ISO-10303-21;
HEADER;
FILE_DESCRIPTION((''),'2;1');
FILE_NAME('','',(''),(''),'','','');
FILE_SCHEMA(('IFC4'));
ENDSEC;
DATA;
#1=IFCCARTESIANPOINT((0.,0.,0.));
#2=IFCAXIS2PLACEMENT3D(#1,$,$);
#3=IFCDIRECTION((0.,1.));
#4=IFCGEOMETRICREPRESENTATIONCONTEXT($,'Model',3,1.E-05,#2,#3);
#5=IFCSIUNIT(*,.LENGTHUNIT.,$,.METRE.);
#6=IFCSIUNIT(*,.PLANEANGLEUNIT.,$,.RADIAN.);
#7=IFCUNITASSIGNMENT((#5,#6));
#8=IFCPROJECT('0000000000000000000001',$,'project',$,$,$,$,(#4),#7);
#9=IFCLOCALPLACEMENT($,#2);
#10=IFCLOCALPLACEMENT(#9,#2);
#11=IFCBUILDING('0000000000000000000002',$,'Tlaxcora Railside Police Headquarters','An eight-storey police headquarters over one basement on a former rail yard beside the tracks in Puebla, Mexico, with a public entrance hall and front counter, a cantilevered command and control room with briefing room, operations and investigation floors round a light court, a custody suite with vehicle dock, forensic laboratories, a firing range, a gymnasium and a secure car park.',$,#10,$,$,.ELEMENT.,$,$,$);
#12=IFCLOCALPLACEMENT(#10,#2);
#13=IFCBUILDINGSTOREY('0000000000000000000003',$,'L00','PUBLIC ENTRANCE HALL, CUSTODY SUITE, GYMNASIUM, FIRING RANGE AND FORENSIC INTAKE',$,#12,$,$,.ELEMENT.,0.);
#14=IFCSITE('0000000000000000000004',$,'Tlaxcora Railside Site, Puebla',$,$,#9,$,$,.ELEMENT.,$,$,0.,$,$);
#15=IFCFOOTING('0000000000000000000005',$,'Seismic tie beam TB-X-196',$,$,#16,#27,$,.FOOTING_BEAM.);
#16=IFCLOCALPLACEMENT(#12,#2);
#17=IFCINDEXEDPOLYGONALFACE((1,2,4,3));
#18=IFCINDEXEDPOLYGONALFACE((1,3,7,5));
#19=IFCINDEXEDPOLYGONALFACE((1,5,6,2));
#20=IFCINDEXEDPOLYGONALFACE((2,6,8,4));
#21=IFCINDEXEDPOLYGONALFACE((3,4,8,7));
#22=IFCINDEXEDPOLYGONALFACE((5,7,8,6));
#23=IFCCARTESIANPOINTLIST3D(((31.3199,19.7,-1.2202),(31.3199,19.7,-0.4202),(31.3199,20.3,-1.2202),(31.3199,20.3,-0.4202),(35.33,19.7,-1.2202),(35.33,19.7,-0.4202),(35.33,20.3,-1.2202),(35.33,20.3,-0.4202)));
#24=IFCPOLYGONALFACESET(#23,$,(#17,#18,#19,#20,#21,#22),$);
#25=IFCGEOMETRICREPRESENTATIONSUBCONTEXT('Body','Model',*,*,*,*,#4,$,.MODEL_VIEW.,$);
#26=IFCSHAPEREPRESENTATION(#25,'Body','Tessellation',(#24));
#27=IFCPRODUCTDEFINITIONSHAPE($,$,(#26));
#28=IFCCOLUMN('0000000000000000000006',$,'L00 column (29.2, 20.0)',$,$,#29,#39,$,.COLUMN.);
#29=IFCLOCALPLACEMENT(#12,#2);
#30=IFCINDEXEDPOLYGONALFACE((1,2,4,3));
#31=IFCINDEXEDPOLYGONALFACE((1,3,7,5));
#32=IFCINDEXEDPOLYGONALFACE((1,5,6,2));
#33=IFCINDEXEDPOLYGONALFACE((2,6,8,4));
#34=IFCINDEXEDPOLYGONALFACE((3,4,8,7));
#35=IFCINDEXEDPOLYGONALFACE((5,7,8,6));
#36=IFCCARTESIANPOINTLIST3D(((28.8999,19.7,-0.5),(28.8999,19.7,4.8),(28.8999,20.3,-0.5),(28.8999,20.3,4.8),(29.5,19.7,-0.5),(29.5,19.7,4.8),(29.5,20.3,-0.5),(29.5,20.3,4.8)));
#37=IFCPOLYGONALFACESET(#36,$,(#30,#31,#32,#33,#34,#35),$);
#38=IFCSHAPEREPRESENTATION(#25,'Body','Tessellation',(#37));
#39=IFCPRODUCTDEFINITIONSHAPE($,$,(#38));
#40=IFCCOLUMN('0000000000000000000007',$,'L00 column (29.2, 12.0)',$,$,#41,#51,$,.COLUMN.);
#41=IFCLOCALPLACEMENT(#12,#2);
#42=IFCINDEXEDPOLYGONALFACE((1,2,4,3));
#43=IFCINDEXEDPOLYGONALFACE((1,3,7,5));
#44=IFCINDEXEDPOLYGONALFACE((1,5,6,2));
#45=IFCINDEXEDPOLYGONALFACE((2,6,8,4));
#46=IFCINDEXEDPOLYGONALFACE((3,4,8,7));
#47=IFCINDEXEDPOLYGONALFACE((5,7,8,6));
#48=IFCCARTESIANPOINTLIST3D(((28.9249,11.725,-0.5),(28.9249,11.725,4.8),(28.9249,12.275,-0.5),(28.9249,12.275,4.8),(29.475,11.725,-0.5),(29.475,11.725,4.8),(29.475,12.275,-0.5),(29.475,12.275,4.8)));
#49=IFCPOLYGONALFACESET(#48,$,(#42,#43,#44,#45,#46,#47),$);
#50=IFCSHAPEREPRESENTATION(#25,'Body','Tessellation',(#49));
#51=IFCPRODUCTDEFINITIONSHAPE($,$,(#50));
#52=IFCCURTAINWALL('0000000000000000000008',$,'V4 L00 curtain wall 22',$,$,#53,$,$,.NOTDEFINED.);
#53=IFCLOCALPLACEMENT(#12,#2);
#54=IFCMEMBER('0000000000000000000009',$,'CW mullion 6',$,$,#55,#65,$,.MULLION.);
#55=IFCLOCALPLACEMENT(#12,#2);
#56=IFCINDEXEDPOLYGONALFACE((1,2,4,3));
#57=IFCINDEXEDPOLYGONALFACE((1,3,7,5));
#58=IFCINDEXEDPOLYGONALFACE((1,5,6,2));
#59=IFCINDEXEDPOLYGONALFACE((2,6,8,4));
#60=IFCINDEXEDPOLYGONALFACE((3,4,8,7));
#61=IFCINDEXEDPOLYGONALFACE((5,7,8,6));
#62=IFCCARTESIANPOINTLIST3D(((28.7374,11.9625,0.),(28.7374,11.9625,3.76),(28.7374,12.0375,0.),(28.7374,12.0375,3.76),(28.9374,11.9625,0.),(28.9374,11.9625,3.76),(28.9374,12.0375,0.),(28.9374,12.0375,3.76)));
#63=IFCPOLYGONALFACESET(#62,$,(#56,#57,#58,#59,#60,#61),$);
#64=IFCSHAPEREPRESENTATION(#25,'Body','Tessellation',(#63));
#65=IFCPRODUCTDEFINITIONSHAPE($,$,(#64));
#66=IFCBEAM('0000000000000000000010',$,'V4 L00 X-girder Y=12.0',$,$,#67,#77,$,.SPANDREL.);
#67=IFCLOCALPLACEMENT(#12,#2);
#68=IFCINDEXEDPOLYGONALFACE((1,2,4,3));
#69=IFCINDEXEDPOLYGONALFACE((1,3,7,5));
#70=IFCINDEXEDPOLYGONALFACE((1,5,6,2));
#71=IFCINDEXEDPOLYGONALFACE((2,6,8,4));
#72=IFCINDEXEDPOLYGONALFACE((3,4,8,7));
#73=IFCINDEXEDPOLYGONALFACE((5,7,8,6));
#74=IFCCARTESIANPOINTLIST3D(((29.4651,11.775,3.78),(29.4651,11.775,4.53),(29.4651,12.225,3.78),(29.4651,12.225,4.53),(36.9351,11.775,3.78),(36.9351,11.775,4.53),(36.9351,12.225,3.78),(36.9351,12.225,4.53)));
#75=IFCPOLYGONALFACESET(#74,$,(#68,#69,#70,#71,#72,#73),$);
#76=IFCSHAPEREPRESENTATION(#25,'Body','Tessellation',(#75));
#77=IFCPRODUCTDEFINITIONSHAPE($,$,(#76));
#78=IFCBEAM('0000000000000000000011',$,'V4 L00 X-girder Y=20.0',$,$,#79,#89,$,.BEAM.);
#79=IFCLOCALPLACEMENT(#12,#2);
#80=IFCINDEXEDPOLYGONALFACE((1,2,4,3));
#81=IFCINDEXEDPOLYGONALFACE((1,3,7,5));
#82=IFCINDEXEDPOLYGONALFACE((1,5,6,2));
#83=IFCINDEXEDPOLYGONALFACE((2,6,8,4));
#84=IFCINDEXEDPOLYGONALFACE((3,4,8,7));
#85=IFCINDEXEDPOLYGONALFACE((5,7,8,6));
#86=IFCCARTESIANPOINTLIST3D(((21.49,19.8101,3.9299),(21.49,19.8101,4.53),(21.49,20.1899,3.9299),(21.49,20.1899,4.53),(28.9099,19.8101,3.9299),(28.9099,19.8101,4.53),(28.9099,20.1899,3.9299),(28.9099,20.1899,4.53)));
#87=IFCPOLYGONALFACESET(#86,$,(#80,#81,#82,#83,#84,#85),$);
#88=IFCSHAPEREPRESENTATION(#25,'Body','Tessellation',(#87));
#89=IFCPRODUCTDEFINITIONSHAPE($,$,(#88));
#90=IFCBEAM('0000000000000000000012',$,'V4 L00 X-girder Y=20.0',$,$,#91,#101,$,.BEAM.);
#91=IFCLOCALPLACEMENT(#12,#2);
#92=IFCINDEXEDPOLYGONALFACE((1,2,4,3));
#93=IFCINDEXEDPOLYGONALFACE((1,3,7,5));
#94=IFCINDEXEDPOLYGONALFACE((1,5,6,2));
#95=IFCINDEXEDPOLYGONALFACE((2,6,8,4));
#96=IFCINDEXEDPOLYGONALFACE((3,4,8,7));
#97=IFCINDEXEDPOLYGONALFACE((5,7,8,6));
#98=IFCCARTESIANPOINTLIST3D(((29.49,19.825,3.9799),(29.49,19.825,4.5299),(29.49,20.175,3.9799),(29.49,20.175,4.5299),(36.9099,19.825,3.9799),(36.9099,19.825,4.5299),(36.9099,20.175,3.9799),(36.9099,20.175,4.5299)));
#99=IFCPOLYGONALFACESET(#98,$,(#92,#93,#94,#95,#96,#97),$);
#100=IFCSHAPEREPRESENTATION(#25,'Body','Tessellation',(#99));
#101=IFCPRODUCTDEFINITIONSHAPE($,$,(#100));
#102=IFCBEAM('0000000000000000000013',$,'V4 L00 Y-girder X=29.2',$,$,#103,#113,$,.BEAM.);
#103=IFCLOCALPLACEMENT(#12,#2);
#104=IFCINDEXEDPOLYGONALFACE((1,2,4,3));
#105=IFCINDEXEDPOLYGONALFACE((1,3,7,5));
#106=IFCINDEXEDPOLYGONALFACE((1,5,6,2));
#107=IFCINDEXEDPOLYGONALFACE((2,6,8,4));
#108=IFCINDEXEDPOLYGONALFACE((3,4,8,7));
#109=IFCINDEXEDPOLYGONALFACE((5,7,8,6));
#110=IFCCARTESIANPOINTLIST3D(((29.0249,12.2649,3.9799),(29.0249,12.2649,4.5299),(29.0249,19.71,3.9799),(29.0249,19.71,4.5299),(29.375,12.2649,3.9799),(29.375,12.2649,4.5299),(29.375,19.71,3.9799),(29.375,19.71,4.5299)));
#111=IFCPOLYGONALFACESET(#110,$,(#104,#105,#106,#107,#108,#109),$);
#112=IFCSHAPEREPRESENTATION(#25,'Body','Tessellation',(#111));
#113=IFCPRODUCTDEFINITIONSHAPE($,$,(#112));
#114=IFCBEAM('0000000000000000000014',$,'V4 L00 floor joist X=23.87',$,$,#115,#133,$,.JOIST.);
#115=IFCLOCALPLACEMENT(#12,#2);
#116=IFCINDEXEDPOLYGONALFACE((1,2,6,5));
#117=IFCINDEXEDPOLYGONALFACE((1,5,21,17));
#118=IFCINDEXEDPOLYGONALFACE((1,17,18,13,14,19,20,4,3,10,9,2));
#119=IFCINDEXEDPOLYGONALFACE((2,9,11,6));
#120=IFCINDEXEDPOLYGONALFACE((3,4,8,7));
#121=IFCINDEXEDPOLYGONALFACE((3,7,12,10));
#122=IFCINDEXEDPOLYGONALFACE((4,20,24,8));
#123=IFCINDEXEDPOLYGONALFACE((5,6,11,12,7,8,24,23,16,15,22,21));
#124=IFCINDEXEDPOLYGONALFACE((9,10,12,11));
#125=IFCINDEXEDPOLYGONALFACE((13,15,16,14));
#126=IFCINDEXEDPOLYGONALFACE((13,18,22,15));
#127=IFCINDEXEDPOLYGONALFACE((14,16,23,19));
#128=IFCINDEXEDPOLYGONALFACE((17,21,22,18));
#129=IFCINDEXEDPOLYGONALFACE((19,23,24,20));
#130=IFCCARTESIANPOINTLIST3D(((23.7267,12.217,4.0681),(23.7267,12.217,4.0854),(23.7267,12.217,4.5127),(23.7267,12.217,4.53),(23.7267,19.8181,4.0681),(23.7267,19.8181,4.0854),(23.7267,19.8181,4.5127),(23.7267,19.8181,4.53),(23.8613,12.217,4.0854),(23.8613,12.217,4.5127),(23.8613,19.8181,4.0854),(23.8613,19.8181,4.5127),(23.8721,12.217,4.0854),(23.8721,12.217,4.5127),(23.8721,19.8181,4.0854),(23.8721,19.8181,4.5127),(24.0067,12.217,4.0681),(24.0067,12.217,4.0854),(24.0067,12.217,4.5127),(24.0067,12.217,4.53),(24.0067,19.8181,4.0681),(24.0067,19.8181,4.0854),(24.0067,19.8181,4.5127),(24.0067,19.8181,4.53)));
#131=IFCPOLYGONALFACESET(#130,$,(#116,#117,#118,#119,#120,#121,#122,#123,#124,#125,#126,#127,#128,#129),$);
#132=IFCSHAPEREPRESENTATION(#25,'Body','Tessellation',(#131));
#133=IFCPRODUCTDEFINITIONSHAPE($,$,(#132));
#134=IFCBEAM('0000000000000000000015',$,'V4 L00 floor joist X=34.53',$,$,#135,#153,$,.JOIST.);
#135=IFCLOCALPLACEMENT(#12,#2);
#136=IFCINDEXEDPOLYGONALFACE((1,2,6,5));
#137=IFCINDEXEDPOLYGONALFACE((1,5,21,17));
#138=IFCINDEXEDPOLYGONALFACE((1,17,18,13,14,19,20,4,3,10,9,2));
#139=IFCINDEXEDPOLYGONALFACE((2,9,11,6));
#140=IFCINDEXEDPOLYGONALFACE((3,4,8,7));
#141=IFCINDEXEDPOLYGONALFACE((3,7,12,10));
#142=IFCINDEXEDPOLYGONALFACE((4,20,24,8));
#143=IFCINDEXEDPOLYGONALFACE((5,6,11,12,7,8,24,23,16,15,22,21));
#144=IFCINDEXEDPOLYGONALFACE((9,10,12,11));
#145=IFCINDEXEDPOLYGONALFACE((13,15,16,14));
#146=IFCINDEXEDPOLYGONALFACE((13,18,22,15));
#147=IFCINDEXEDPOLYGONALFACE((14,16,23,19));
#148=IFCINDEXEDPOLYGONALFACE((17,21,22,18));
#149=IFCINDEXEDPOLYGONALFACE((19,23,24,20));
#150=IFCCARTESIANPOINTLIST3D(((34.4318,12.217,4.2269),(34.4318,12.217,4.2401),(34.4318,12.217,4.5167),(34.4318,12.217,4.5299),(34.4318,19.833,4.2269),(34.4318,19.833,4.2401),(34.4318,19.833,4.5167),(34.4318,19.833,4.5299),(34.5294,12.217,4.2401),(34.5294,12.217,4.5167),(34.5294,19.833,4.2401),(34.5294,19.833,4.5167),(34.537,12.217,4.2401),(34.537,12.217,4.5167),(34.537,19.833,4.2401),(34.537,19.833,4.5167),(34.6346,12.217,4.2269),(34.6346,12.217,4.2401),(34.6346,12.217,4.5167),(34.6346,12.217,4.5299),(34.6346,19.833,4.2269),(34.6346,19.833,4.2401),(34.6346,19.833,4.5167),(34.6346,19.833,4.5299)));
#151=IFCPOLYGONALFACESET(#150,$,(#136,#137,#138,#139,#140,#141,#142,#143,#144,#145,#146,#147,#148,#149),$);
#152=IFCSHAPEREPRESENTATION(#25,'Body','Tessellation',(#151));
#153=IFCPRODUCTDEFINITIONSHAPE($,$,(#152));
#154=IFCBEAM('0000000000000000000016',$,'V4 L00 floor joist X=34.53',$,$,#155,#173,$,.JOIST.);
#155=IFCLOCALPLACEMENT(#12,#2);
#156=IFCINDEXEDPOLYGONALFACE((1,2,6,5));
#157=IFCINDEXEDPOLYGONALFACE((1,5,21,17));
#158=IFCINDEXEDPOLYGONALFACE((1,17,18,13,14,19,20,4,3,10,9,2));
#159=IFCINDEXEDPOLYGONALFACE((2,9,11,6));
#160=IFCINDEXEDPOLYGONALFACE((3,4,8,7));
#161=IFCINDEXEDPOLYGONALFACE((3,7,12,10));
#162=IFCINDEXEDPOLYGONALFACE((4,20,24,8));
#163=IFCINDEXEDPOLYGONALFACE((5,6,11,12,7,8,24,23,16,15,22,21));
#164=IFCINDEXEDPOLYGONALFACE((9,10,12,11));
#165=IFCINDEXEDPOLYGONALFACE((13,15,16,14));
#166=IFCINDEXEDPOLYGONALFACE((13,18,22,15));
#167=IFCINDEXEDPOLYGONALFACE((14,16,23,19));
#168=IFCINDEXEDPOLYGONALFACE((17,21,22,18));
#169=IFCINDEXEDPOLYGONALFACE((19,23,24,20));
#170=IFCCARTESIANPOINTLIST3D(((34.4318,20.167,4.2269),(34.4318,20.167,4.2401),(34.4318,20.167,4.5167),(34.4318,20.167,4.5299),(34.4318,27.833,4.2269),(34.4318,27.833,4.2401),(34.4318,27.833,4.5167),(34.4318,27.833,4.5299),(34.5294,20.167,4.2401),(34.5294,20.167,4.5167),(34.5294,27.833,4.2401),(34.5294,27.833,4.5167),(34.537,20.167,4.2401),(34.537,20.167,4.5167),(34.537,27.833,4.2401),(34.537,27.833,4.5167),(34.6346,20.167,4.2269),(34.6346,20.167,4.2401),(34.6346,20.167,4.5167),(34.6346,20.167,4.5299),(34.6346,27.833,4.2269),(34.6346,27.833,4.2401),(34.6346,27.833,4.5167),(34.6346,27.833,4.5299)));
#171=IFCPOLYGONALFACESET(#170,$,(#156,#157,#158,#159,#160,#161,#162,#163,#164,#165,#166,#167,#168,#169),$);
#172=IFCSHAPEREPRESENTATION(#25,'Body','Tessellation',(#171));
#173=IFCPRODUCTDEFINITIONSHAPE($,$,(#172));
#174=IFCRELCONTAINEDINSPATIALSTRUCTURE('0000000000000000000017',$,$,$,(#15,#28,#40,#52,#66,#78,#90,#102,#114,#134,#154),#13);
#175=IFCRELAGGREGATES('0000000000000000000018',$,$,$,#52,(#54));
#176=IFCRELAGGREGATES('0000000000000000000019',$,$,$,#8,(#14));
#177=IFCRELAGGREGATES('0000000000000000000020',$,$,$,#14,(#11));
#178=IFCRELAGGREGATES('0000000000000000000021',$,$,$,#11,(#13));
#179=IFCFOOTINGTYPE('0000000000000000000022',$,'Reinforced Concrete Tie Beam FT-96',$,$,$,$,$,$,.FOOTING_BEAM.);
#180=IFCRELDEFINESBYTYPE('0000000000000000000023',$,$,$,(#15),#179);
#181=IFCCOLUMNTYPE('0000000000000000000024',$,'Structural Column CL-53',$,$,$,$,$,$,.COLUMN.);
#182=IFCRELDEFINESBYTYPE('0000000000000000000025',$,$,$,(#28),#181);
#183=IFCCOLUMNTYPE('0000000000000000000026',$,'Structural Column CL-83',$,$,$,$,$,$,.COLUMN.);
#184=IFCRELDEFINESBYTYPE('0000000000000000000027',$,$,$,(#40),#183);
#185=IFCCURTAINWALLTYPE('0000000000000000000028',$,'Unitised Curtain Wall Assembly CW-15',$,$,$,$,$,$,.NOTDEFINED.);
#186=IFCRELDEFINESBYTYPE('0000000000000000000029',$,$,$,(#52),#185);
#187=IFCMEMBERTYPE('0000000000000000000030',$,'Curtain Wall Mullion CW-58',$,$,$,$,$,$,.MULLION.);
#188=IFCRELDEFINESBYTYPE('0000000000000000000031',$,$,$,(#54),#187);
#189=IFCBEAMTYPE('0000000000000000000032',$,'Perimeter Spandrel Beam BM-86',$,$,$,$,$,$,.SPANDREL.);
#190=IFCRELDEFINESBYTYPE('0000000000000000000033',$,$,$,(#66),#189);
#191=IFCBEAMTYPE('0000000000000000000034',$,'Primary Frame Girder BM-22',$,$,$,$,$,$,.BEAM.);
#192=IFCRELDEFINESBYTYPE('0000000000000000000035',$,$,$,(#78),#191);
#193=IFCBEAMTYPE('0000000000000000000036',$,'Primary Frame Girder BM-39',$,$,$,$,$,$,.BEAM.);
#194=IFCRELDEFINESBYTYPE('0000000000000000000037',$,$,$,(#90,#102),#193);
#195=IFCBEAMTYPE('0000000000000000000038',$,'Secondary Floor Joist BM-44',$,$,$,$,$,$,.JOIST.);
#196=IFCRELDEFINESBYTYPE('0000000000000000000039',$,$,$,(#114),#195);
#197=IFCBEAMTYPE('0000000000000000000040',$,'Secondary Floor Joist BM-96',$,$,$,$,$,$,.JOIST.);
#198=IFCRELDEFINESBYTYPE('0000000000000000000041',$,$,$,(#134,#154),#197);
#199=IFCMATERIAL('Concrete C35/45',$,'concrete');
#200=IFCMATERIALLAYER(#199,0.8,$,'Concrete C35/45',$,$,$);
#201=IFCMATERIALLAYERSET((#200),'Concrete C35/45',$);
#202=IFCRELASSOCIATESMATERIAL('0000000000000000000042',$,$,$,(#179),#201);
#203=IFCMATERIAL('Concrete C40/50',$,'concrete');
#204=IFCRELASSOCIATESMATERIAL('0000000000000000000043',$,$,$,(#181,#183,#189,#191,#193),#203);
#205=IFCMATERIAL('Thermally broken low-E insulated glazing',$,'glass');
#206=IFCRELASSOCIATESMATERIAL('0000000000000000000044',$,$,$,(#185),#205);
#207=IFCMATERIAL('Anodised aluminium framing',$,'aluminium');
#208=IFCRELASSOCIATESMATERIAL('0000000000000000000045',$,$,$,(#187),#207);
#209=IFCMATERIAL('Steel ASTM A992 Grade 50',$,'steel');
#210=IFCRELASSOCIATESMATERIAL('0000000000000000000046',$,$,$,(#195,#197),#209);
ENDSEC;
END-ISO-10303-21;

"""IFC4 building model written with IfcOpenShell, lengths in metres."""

from ifc_helpers import new_model, si_unit, direction, frame, origin, origin_2d, place, context, subcontext, project, spatial, rectangle, i_section, extrude, material, layer, layer_set, material_profile, profile_set, type_object, element, aggregate, save


model = new_model("IFC4")

# Units and contexts
model_context = context("Model", 3, precision=1e-05, world=origin(), true_north=direction((0.0, 1.0)))
body_context = subcontext(model_context, "Body", "Model", "MODEL_VIEW")
ifc_project = project(units=[si_unit("LENGTHUNIT", "METRE"), si_unit("PLANEANGLEUNIT", "RADIAN")], contexts=[model_context])

# Site, building, storey
site_placement = place(None, origin())
site = spatial("IfcSite", under=ifc_project, at=site_placement, Name="Tlaxcora Railside Site, Puebla", CompositionType="ELEMENT", RefElevation=0.0)
building_placement = place(site_placement, origin())
building = spatial("IfcBuilding", under=site, at=building_placement, Name="Tlaxcora Railside Police Headquarters", Description="An eight-storey police headquarters over one basement on a former rail yard beside the tracks in Puebla, Mexico, with a public entrance hall and front counter, a cantilevered command and control room with briefing room, operations and investigation floors round a light court, a custody suite with vehicle dock, forensic laboratories, a firing range, a gymnasium and a secure car park.", CompositionType="ELEMENT")
storey_placement = place(building_placement, origin())
storey = spatial("IfcBuildingStorey", under=building, at=storey_placement, Name="L00", Description="PUBLIC ENTRANCE HALL, CUSTODY SUITE, GYMNASIUM, FIRING RANGE AND FORENSIC INTAKE", CompositionType="ELEMENT", Elevation=0.0)

# Shared definitions
ifc_material_1 = material(Name="Concrete C35/45", Category="concrete")

# Footing
ifc_material_2 = material(Name="Concrete C40/50", Category="concrete")
ifc_layer_1 = layer(ifc_material_1, 0.8, Name="Concrete C35/45")
ifc_layer_set_1 = layer_set([ifc_layer_1], Name="Concrete C35/45")
footing_type_1 = type_object("IfcFootingType", Name="Reinforced Concrete Tie Beam FT-96", PredefinedType="FOOTING_BEAM", material=ifc_layer_set_1)
footing_1_placement = place(storey_placement, frame((33.325, 20.0, -1.2202), z_axis=(0.0, 0.0, 1.0), x_axis=(1.0, 0.0, 0.0)))
element("IfcFooting", 1, at=footing_1_placement, inside=storey, type_object=footing_type_1, Name="Seismic tie beam TB-X-196", PredefinedType="FOOTING_BEAM", context=body_context, shape_type="SweptSolid", body=[
    extrude(rectangle(XDim=4.01, YDim=0.6001, at=origin_2d()), origin(), (0.0, 0.0, 1.0), 0.8),
])

# Columns
ifc_material_profile_1 = material_profile(ifc_material_2, rectangle(XDim=0.6001, YDim=0.6001, at=origin_2d()), Name="RC600X600")
ifc_profile_set_1 = profile_set([ifc_material_profile_1], Name="Concrete C40/50")
column_type_1 = type_object("IfcColumnType", Name="Structural Column CL-53", PredefinedType="COLUMN", material=ifc_profile_set_1)
column_1_placement = place(storey_placement, frame((29.2, 20.0, -0.5), z_axis=(0.0, 0.0, 1.0), x_axis=(1.0, 0.0, 0.0)))
element("IfcColumn", 2, at=column_1_placement, inside=storey, type_object=column_type_1, Name="L00 column (29.2, 20.0)", PredefinedType="COLUMN", context=body_context, shape_type="SweptSolid", body=[
    extrude(rectangle(XDim=0.6001, YDim=0.6001, at=origin_2d()), origin(), (0.0, 0.0, 1.0), 5.3),
])
ifc_material_profile_2 = material_profile(ifc_material_2, rectangle(XDim=0.55, YDim=0.55, at=origin_2d()), Name="RC550X550")
ifc_profile_set_2 = profile_set([ifc_material_profile_2], Name="Concrete C40/50")
column_type_2 = type_object("IfcColumnType", Name="Structural Column CL-83", PredefinedType="COLUMN", material=ifc_profile_set_2)
column_2_placement = place(storey_placement, frame((29.2, 12.0, -0.5), z_axis=(0.0, 0.0, 1.0), x_axis=(1.0, 0.0, 0.0)))
element("IfcColumn", 3, at=column_2_placement, inside=storey, type_object=column_type_2, Name="L00 column (29.2, 12.0)", PredefinedType="COLUMN", context=body_context, shape_type="SweptSolid", body=[
    extrude(rectangle(XDim=0.55, YDim=0.55, at=origin_2d()), origin(), (0.0, 0.0, 1.0), 5.3),
])

# Curtain wall, member
ifc_material_3 = material(Name="Thermally broken low-E insulated glazing", Category="glass")
curtain_wall_type = type_object("IfcCurtainWallType", Name="Unitised Curtain Wall Assembly CW-15", PredefinedType="NOTDEFINED", material=ifc_material_3)
curtain_wall_placement = place(storey_placement, origin())
curtain_wall = element("IfcCurtainWall", 4, at=curtain_wall_placement, inside=storey, type_object=curtain_wall_type, Name="V4 L00 curtain wall 22", PredefinedType="NOTDEFINED")
ifc_material_4 = material(Name="Anodised aluminium framing", Category="aluminium")
ifc_material_profile_3 = material_profile(ifc_material_4, rectangle(XDim=0.075, YDim=0.2, at=origin_2d()), Name="AL75X200")
ifc_profile_set_3 = profile_set([ifc_material_profile_3], Name="Anodised aluminium framing")
member_type = type_object("IfcMemberType", Name="Curtain Wall Mullion CW-58", PredefinedType="MULLION", material=ifc_profile_set_3)
member_placement = place(storey_placement, frame((28.8374, 12.0, 0.0), z_axis=(0.0, 0.0, 1.0), x_axis=(0.0, 1.0, 0.0)))
member = element("IfcMember", 5, at=member_placement, type_object=member_type, Name="CW mullion 6", PredefinedType="MULLION", context=body_context, shape_type="SweptSolid", body=[
    extrude(rectangle(XDim=0.075, YDim=0.2, at=origin_2d()), origin(), (0.0, 0.0, 1.0), 3.76),
])

# Beams
ifc_material_profile_4 = material_profile(ifc_material_2, rectangle(XDim=0.45, YDim=0.75, at=origin_2d()), Name="RC450X750")
ifc_profile_set_4 = profile_set([ifc_material_profile_4], Name="Concrete C40/50")
beam_type_1 = type_object("IfcBeamType", Name="Perimeter Spandrel Beam BM-86", PredefinedType="SPANDREL", material=ifc_profile_set_4)
beam_1_placement = place(storey_placement, frame((29.4651, 12.0, 4.155), z_axis=(1.0, 0.0, 0.0), x_axis=(0.0, 1.0, 0.0)))
element("IfcBeam", 6, at=beam_1_placement, inside=storey, type_object=beam_type_1, Name="V4 L00 X-girder Y=12.0", PredefinedType="SPANDREL", context=body_context, shape_type="SweptSolid", body=[
    extrude(rectangle(XDim=0.45, YDim=0.75, at=origin_2d()), origin(), (0.0, 0.0, 1.0), 7.47),
])
ifc_material_profile_5 = material_profile(ifc_material_2, rectangle(XDim=0.3799, YDim=0.6001, at=origin_2d()), Name="RC380X600")
ifc_profile_set_5 = profile_set([ifc_material_profile_5], Name="Concrete C40/50")
beam_type_2 = type_object("IfcBeamType", Name="Primary Frame Girder BM-22", PredefinedType="BEAM", material=ifc_profile_set_5)
beam_2_placement = place(storey_placement, frame((21.49, 20.0, 4.23), z_axis=(1.0, 0.0, 0.0), x_axis=(0.0, 1.0, 0.0)))
element("IfcBeam", 7, at=beam_2_placement, inside=storey, type_object=beam_type_2, Name="V4 L00 X-girder Y=20.0", PredefinedType="BEAM", context=body_context, shape_type="SweptSolid", body=[
    extrude(rectangle(XDim=0.3799, YDim=0.6001, at=origin_2d()), origin(), (0.0, 0.0, 1.0), 7.4199),
])
ifc_material_profile_6 = material_profile(ifc_material_2, rectangle(XDim=0.3501, YDim=0.55, at=origin_2d()), Name="RC350X550")
ifc_profile_set_6 = profile_set([ifc_material_profile_6], Name="Concrete C40/50")
beam_type_3 = type_object("IfcBeamType", Name="Primary Frame Girder BM-39", PredefinedType="BEAM", material=ifc_profile_set_6)
beam_3_placement = place(storey_placement, frame((29.49, 20.0, 4.2549), z_axis=(1.0, 0.0, 0.0), x_axis=(0.0, 1.0, 0.0)))
element("IfcBeam", 8, at=beam_3_placement, inside=storey, type_object=beam_type_3, Name="V4 L00 X-girder Y=20.0", PredefinedType="BEAM", context=body_context, shape_type="SweptSolid", body=[
    extrude(rectangle(XDim=0.3501, YDim=0.55, at=origin_2d()), origin(), (0.0, 0.0, 1.0), 7.4199),
])
beam_4_placement = place(storey_placement, frame((29.2, 12.2649, 4.2549), z_axis=(0.0, 1.0, 0.0), x_axis=(-1.0, 0.0, 0.0)))
element("IfcBeam", 9, at=beam_4_placement, inside=storey, type_object=beam_type_3, Name="V4 L00 Y-girder X=29.2", PredefinedType="BEAM", context=body_context, shape_type="SweptSolid", body=[
    extrude(rectangle(XDim=0.3501, YDim=0.55, at=origin_2d()), origin(), (0.0, 0.0, 1.0), 7.4451),
])
ifc_material_5 = material(Name="Steel ASTM A992 Grade 50", Category="steel")
ifc_material_profile_7 = material_profile(ifc_material_5, i_section(OverallWidth=0.28, OverallDepth=0.4619, WebThickness=0.0107, FlangeThickness=0.0173, at=origin_2d()), Name="W18X76")
ifc_profile_set_7 = profile_set([ifc_material_profile_7], Name="Steel ASTM A992 Grade 50")
beam_type_4 = type_object("IfcBeamType", Name="Secondary Floor Joist BM-44", PredefinedType="JOIST", material=ifc_profile_set_7)
beam_5_placement = place(storey_placement, frame((23.8667, 12.217, 4.2991), z_axis=(0.0, 1.0, 0.0), x_axis=(-1.0, 0.0, 0.0)))
element("IfcBeam", 10, at=beam_5_placement, inside=storey, type_object=beam_type_4, Name="V4 L00 floor joist X=23.87", PredefinedType="JOIST", context=body_context, shape_type="SweptSolid", body=[
    extrude(i_section(OverallWidth=0.28, OverallDepth=0.4619, WebThickness=0.0107, FlangeThickness=0.0173, at=origin_2d()), origin(), (0.0, 0.0, 1.0), 7.6011),
])
ifc_material_profile_8 = material_profile(ifc_material_5, i_section(OverallWidth=0.2029, OverallDepth=0.303, WebThickness=0.0076, FlangeThickness=0.0132, at=origin_2d()), Name="W12X40")
ifc_profile_set_8 = profile_set([ifc_material_profile_8], Name="Steel ASTM A992 Grade 50")
beam_type_5 = type_object("IfcBeamType", Name="Secondary Floor Joist BM-96", PredefinedType="JOIST", material=ifc_profile_set_8)
beam_6_placement = place(storey_placement, frame((34.5332, 12.217, 4.3784), z_axis=(0.0, 1.0, 0.0), x_axis=(-1.0, 0.0, 0.0)))
element("IfcBeam", 11, at=beam_6_placement, inside=storey, type_object=beam_type_5, Name="V4 L00 floor joist X=34.53", PredefinedType="JOIST", context=body_context, shape_type="SweptSolid", body=[
    extrude(i_section(OverallWidth=0.2029, OverallDepth=0.303, WebThickness=0.0076, FlangeThickness=0.0132, at=origin_2d()), origin(), (0.0, 0.0, 1.0), 7.616),
])
beam_7_placement = place(storey_placement, frame((34.5332, 20.167, 4.3784), z_axis=(0.0, 1.0, 0.0), x_axis=(-1.0, 0.0, 0.0)))
element("IfcBeam", 12, at=beam_7_placement, inside=storey, type_object=beam_type_5, Name="V4 L00 floor joist X=34.53", PredefinedType="JOIST", context=body_context, shape_type="SweptSolid", body=[
    extrude(i_section(OverallWidth=0.2029, OverallDepth=0.303, WebThickness=0.0076, FlangeThickness=0.0132, at=origin_2d()), origin(), (0.0, 0.0, 1.0), 7.666),
])

aggregate(curtain_wall, [member])

save(model, "model.ifc")
